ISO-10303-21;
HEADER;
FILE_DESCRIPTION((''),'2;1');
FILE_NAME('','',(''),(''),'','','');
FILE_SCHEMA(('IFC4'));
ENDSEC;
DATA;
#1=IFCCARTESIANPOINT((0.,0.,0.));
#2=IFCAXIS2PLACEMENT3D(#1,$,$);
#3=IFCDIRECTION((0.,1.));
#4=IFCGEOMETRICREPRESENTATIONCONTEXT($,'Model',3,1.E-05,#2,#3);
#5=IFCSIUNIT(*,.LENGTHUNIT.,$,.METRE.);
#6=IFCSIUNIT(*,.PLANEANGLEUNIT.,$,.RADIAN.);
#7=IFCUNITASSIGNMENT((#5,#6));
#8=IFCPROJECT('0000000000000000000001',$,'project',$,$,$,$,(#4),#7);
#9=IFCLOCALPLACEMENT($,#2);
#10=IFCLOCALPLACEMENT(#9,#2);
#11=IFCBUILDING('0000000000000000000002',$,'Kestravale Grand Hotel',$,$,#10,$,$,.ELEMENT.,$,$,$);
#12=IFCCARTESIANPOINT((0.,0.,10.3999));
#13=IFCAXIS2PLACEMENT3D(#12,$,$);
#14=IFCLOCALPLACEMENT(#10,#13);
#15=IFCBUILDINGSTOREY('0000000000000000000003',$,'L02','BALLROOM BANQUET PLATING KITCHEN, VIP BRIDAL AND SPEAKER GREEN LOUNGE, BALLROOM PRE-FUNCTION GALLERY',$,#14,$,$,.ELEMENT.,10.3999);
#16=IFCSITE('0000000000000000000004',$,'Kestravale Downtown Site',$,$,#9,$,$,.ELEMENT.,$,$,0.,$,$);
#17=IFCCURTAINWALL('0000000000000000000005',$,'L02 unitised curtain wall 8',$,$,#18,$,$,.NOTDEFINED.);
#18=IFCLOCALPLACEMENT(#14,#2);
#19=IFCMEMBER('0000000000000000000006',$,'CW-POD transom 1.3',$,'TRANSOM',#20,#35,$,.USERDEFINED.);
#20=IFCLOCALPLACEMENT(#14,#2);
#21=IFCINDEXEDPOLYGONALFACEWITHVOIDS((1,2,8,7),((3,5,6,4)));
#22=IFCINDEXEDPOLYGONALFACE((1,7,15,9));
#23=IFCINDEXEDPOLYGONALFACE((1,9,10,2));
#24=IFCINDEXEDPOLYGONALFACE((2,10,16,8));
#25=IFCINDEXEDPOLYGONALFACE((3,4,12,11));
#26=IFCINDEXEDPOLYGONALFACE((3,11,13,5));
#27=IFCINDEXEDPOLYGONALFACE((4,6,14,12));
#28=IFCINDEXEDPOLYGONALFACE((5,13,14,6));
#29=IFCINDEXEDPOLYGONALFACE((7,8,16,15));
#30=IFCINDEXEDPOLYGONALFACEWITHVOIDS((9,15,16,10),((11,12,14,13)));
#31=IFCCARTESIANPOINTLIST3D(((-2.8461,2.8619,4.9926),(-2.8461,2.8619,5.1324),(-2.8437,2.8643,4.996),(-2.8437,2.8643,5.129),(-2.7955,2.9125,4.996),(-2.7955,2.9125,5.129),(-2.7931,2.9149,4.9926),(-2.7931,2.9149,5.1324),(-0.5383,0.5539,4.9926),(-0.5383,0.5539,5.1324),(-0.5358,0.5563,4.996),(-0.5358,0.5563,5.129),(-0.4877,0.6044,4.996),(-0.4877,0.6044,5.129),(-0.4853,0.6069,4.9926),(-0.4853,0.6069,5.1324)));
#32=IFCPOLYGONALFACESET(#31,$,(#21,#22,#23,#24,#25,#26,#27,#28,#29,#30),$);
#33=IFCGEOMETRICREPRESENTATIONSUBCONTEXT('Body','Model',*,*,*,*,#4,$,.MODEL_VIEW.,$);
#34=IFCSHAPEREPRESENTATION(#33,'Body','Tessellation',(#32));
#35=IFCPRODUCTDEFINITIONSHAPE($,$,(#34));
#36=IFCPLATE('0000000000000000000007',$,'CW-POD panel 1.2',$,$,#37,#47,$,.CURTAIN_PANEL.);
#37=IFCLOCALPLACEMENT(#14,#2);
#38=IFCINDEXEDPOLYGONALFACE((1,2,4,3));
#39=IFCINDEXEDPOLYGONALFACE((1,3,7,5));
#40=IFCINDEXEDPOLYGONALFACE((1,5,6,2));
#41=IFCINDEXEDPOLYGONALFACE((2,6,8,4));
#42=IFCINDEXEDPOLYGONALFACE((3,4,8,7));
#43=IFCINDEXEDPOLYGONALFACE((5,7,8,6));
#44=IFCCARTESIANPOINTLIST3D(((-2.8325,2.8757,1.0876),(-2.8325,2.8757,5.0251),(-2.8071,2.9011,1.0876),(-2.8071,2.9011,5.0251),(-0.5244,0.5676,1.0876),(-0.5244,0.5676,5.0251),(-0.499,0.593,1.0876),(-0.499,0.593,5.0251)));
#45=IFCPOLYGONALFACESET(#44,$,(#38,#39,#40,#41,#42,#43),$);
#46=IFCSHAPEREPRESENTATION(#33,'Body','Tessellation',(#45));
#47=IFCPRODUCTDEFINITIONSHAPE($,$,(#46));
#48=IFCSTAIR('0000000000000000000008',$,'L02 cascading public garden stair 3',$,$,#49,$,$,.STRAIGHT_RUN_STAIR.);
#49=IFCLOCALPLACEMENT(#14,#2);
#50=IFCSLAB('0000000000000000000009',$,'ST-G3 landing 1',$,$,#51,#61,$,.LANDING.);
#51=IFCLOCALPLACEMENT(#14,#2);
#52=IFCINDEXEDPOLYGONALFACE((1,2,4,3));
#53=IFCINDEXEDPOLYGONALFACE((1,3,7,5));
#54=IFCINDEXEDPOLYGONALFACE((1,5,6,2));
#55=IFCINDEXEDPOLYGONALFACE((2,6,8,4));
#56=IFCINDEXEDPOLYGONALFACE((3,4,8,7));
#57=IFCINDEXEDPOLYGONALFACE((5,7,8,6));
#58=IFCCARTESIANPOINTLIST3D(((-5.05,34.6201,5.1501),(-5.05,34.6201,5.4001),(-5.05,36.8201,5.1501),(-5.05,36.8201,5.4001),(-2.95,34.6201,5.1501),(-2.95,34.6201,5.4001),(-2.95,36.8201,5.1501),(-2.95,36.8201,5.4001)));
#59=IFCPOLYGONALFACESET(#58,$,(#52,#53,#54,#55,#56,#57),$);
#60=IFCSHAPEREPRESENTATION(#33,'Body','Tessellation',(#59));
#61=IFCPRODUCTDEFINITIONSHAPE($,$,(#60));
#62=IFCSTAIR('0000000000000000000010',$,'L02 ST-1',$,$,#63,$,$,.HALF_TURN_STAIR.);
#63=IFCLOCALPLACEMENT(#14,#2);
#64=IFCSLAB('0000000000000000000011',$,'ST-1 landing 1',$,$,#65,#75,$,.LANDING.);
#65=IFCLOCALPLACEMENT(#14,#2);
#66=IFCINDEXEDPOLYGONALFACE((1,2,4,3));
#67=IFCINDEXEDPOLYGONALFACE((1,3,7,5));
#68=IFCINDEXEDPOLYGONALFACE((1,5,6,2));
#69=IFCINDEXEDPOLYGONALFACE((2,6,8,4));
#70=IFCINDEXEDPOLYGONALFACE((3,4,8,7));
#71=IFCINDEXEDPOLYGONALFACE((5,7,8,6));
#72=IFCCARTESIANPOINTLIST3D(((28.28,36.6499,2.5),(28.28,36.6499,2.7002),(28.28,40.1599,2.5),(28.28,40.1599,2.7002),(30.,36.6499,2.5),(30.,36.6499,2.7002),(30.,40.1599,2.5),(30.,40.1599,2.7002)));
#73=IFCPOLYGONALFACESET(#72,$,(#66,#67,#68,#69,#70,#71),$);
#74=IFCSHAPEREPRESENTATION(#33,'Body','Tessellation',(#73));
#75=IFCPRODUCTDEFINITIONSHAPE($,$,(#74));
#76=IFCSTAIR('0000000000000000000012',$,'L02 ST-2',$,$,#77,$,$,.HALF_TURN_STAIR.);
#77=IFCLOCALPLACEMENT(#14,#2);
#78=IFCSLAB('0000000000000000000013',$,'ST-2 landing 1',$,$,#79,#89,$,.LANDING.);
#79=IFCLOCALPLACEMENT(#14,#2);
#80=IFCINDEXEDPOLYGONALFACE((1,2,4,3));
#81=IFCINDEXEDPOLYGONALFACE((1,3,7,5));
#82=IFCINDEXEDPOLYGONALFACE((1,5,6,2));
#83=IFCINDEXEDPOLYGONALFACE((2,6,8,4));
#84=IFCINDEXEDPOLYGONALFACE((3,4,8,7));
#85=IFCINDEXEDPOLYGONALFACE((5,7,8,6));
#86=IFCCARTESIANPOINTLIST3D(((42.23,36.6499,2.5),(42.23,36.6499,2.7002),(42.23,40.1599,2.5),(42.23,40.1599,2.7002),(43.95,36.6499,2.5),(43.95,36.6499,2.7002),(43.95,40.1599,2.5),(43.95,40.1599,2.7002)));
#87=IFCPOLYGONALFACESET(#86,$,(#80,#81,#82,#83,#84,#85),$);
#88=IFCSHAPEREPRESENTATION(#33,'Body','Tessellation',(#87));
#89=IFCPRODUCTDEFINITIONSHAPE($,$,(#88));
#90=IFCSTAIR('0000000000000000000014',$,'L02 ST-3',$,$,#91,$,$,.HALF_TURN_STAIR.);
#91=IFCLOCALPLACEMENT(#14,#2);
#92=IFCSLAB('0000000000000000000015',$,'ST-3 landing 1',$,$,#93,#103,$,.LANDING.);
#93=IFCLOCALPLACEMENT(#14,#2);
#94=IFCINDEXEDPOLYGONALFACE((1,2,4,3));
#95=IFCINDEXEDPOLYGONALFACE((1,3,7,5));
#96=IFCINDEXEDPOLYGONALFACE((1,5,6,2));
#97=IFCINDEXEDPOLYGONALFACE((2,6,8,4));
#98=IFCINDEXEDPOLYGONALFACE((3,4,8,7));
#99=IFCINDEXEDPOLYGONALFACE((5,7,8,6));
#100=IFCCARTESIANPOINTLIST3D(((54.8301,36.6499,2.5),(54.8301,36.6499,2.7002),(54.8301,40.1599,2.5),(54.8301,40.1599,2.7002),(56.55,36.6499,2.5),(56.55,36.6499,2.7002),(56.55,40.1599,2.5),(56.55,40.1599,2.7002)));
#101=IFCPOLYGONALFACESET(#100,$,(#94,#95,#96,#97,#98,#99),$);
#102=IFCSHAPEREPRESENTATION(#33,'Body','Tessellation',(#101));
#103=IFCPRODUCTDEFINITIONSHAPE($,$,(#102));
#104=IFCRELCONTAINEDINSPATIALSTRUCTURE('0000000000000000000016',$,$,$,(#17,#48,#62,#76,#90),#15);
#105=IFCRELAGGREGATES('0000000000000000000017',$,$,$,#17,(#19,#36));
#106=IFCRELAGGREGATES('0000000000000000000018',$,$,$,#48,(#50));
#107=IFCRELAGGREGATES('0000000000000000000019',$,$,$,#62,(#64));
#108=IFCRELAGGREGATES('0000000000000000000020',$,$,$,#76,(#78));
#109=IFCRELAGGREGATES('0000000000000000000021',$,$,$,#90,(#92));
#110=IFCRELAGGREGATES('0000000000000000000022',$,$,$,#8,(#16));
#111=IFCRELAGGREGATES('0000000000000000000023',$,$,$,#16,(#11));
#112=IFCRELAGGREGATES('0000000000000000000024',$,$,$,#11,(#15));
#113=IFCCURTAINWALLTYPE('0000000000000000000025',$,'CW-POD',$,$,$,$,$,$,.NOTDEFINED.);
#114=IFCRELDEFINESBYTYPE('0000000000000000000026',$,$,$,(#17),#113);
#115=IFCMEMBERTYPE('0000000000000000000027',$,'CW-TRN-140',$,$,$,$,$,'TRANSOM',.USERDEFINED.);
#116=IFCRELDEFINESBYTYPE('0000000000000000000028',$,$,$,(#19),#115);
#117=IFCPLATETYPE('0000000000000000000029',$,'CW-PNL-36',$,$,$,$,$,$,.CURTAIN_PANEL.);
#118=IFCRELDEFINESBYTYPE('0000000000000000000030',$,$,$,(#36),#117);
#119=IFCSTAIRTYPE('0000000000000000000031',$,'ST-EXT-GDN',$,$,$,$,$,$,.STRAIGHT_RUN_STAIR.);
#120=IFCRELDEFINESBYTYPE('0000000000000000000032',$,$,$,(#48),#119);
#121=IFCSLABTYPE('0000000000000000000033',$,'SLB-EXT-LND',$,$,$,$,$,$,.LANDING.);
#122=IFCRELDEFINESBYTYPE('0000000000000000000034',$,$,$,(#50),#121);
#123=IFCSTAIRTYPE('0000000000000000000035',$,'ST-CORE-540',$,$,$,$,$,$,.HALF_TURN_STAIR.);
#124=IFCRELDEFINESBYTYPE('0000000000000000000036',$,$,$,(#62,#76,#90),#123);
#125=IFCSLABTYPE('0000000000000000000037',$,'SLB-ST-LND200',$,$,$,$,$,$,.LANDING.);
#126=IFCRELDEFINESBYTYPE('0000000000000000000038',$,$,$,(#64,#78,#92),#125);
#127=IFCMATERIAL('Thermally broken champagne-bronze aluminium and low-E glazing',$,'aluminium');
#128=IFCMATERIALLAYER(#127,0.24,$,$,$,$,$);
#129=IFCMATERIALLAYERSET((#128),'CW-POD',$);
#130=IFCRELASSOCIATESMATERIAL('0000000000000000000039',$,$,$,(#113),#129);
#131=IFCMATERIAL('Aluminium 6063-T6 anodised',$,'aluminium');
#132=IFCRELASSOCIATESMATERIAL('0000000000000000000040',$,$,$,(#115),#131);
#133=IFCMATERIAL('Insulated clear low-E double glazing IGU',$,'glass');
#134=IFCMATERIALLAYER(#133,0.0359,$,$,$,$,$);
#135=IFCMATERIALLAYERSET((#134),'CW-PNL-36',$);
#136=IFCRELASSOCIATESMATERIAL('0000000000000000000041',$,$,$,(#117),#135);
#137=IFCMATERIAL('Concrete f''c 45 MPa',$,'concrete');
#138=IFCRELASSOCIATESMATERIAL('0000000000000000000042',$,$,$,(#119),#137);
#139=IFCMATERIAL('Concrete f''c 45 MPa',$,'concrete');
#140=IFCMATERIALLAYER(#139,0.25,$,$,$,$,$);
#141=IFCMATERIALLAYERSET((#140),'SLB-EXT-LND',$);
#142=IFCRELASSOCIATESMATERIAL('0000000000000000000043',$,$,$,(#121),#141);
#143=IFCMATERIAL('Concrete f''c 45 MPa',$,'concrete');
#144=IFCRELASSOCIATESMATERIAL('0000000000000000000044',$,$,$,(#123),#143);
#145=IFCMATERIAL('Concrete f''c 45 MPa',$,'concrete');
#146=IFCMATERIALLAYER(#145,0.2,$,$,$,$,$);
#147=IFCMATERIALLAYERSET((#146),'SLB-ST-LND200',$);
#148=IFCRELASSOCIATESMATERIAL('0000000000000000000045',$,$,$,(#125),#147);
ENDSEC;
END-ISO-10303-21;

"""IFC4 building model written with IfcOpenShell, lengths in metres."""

from ifc_helpers import new_model, si_unit, direction, frame, origin, origin_2d, place, context, subcontext, project, spatial, polyline, rectangle, hollow_rectangle, outline, extrude, material, layer, layer_set, material_profile, profile_set, type_object, element, aggregate, save


model = new_model("IFC4")

# Units and contexts
model_context = context("Model", 3, precision=1e-05, world=origin(), true_north=direction((0.0, 1.0)))
body_context = subcontext(model_context, "Body", "Model", "MODEL_VIEW")
ifc_project = project(units=[si_unit("LENGTHUNIT", "METRE"), si_unit("PLANEANGLEUNIT", "RADIAN")], contexts=[model_context])

# Site, building, storey
site_placement = place(None, origin())
site = spatial("IfcSite", under=ifc_project, at=site_placement, Name="Kestravale Downtown Site", CompositionType="ELEMENT", RefElevation=0.0)
building_placement = place(site_placement, origin())
building = spatial("IfcBuilding", under=site, at=building_placement, Name="Kestravale Grand Hotel", CompositionType="ELEMENT")
storey_placement = place(building_placement, frame((0.0, 0.0, 10.3999)))
storey = spatial("IfcBuildingStorey", under=building, at=storey_placement, Name="L02", Description="BALLROOM BANQUET PLATING KITCHEN, VIP BRIDAL AND SPEAKER GREEN LOUNGE, BALLROOM PRE-FUNCTION GALLERY", CompositionType="ELEMENT", Elevation=10.3999)

# Curtain wall, member, plate
ifc_material_1 = material(Name="Thermally broken champagne-bronze aluminium and low-E glazing", Category="aluminium")
ifc_layer_1 = layer(ifc_material_1, 0.24)
ifc_layer_set_1 = layer_set([ifc_layer_1], Name="CW-POD")
curtain_wall_type = type_object("IfcCurtainWallType", Name="CW-POD", PredefinedType="NOTDEFINED", material=ifc_layer_set_1)
curtain_wall_placement = place(storey_placement, origin())
curtain_wall = element("IfcCurtainWall", 1, at=curtain_wall_placement, inside=storey, type_object=curtain_wall_type, Name="L02 unitised curtain wall 8", PredefinedType="NOTDEFINED")
ifc_material_2 = material(Name="Aluminium 6063-T6 anodised", Category="aluminium")
ifc_material_profile = material_profile(ifc_material_2, hollow_rectangle(XDim=0.075, YDim=0.1399, WallThickness=0.0034, at=origin_2d()))
ifc_profile_set = profile_set([ifc_material_profile], Name="Aluminium 6063-T6 anodised")
member_type = type_object("IfcMemberType", Name="CW-TRN-140", ElementType="TRANSOM", PredefinedType="USERDEFINED", material=ifc_profile_set)
member_placement = place(storey_placement, frame((-2.8196, 2.8884, 5.0625), z_axis=(0.707069, -0.707144, 0.0), x_axis=(0.707144, 0.707069, 0.0)))
member = element("IfcMember", 2, at=member_placement, type_object=member_type, Name="CW-POD transom 1.3", ObjectType="TRANSOM", PredefinedType="USERDEFINED", context=body_context, shape_type="SweptSolid", body=[
    extrude(hollow_rectangle(XDim=0.075, YDim=0.1399, WallThickness=0.0034, at=origin_2d()), origin(), (0.0, 0.0, 1.0), 3.2639),
])
ifc_material_3 = material(Name="Insulated clear low-E double glazing IGU", Category="glass")
ifc_layer_2 = layer(ifc_material_3, 0.0359)
ifc_layer_set_2 = layer_set([ifc_layer_2], Name="CW-PNL-36")
plate_type = type_object("IfcPlateType", Name="CW-PNL-36", PredefinedType="CURTAIN_PANEL", material=ifc_layer_set_2)
plate_placement = place(storey_placement, frame((-1.6658, 1.7344, 1.0876), z_axis=(0.0, 0.0, 1.0), x_axis=(0.707107, -0.707107, 0.0)))
plate = element("IfcPlate", 3, at=plate_placement, type_object=plate_type, Name="CW-POD panel 1.2", PredefinedType="CURTAIN_PANEL", context=body_context, shape_type="SweptSolid", body=[
    extrude(rectangle(XDim=3.2642, YDim=0.0359, at=origin_2d()), origin(), (0.0, 0.0, 1.0), 3.9375),
])
aggregate(curtain_wall, [member, plate])

# Stairs, slabs
ifc_material_4 = material(Name="Concrete f'c 45 MPa", Category="concrete")
stair_type_1 = type_object("IfcStairType", Name="ST-EXT-GDN", PredefinedType="STRAIGHT_RUN_STAIR", material=ifc_material_4)
stair_1_placement = place(storey_placement, origin())
stair_1 = element("IfcStair", 4, at=stair_1_placement, inside=storey, type_object=stair_type_1, Name="L02 cascading public garden stair 3", PredefinedType="STRAIGHT_RUN_STAIR")
ifc_material_5 = material(Name="Concrete f'c 45 MPa", Category="concrete")
ifc_layer_3 = layer(ifc_material_5, 0.25)
ifc_layer_set_3 = layer_set([ifc_layer_3], Name="SLB-EXT-LND")
slab_type_1 = type_object("IfcSlabType", Name="SLB-EXT-LND", PredefinedType="LANDING", material=ifc_layer_set_3)
slab_1_placement = place(storey_placement, frame((0.0, 0.0, 5.1501)))
slab_1 = element("IfcSlab", 5, at=slab_1_placement, type_object=slab_type_1, Name="ST-G3 landing 1", PredefinedType="LANDING", context=body_context, shape_type="SweptSolid", body=[
    extrude(outline(polyline([(-5.05, 34.6201), (-2.95, 34.6201), (-2.95, 36.8201), (-5.05, 36.8201), (-5.05, 34.6201)])), origin(), (0.0, 0.0, 1.0), 0.25),
])
aggregate(stair_1, [slab_1])
ifc_material_6 = material(Name="Concrete f'c 45 MPa", Category="concrete")
stair_type_2 = type_object("IfcStairType", Name="ST-CORE-540", PredefinedType="HALF_TURN_STAIR", material=ifc_material_6)
stair_2_placement = place(storey_placement, origin())
stair_2 = element("IfcStair", 6, at=stair_2_placement, inside=storey, type_object=stair_type_2, Name="L02 ST-1", PredefinedType="HALF_TURN_STAIR")
ifc_material_7 = material(Name="Concrete f'c 45 MPa", Category="concrete")
ifc_layer_4 = layer(ifc_material_7, 0.2)
ifc_layer_set_4 = layer_set([ifc_layer_4], Name="SLB-ST-LND200")
slab_type_2 = type_object("IfcSlabType", Name="SLB-ST-LND200", PredefinedType="LANDING", material=ifc_layer_set_4)
slab_2_placement = place(storey_placement, frame((0.0, 0.0, 2.5)))
slab_2 = element("IfcSlab", 7, at=slab_2_placement, type_object=slab_type_2, Name="ST-1 landing 1", PredefinedType="LANDING", context=body_context, shape_type="SweptSolid", body=[
    extrude(outline(polyline([(28.28, 36.6499), (30.0, 36.6499), (30.0, 40.1599), (28.28, 40.1599), (28.28, 36.6499)])), origin(), (0.0, 0.0, 1.0), 0.2002),
])
aggregate(stair_2, [slab_2])
stair_3_placement = place(storey_placement, origin())
stair_3 = element("IfcStair", 8, at=stair_3_placement, inside=storey, type_object=stair_type_2, Name="L02 ST-2", PredefinedType="HALF_TURN_STAIR")
slab_3_placement = place(storey_placement, frame((0.0, 0.0, 2.5)))
slab_3 = element("IfcSlab", 9, at=slab_3_placement, type_object=slab_type_2, Name="ST-2 landing 1", PredefinedType="LANDING", context=body_context, shape_type="SweptSolid", body=[
    extrude(outline(polyline([(42.23, 36.6499), (43.95, 36.6499), (43.95, 40.1599), (42.23, 40.1599), (42.23, 36.6499)])), origin(), (0.0, 0.0, 1.0), 0.2002),
])
aggregate(stair_3, [slab_3])
stair_4_placement = place(storey_placement, origin())
stair_4 = element("IfcStair", 10, at=stair_4_placement, inside=storey, type_object=stair_type_2, Name="L02 ST-3", PredefinedType="HALF_TURN_STAIR")
slab_4_placement = place(storey_placement, frame((0.0, 0.0, 2.5)))
slab_4 = element("IfcSlab", 11, at=slab_4_placement, type_object=slab_type_2, Name="ST-3 landing 1", PredefinedType="LANDING", context=body_context, shape_type="SweptSolid", body=[
    extrude(outline(polyline([(54.8301, 36.6499), (56.55, 36.6499), (56.55, 40.1599), (54.8301, 40.1599), (54.8301, 36.6499)])), origin(), (0.0, 0.0, 1.0), 0.2002),
])
aggregate(stair_4, [slab_4])

save(model, "model.ifc")
